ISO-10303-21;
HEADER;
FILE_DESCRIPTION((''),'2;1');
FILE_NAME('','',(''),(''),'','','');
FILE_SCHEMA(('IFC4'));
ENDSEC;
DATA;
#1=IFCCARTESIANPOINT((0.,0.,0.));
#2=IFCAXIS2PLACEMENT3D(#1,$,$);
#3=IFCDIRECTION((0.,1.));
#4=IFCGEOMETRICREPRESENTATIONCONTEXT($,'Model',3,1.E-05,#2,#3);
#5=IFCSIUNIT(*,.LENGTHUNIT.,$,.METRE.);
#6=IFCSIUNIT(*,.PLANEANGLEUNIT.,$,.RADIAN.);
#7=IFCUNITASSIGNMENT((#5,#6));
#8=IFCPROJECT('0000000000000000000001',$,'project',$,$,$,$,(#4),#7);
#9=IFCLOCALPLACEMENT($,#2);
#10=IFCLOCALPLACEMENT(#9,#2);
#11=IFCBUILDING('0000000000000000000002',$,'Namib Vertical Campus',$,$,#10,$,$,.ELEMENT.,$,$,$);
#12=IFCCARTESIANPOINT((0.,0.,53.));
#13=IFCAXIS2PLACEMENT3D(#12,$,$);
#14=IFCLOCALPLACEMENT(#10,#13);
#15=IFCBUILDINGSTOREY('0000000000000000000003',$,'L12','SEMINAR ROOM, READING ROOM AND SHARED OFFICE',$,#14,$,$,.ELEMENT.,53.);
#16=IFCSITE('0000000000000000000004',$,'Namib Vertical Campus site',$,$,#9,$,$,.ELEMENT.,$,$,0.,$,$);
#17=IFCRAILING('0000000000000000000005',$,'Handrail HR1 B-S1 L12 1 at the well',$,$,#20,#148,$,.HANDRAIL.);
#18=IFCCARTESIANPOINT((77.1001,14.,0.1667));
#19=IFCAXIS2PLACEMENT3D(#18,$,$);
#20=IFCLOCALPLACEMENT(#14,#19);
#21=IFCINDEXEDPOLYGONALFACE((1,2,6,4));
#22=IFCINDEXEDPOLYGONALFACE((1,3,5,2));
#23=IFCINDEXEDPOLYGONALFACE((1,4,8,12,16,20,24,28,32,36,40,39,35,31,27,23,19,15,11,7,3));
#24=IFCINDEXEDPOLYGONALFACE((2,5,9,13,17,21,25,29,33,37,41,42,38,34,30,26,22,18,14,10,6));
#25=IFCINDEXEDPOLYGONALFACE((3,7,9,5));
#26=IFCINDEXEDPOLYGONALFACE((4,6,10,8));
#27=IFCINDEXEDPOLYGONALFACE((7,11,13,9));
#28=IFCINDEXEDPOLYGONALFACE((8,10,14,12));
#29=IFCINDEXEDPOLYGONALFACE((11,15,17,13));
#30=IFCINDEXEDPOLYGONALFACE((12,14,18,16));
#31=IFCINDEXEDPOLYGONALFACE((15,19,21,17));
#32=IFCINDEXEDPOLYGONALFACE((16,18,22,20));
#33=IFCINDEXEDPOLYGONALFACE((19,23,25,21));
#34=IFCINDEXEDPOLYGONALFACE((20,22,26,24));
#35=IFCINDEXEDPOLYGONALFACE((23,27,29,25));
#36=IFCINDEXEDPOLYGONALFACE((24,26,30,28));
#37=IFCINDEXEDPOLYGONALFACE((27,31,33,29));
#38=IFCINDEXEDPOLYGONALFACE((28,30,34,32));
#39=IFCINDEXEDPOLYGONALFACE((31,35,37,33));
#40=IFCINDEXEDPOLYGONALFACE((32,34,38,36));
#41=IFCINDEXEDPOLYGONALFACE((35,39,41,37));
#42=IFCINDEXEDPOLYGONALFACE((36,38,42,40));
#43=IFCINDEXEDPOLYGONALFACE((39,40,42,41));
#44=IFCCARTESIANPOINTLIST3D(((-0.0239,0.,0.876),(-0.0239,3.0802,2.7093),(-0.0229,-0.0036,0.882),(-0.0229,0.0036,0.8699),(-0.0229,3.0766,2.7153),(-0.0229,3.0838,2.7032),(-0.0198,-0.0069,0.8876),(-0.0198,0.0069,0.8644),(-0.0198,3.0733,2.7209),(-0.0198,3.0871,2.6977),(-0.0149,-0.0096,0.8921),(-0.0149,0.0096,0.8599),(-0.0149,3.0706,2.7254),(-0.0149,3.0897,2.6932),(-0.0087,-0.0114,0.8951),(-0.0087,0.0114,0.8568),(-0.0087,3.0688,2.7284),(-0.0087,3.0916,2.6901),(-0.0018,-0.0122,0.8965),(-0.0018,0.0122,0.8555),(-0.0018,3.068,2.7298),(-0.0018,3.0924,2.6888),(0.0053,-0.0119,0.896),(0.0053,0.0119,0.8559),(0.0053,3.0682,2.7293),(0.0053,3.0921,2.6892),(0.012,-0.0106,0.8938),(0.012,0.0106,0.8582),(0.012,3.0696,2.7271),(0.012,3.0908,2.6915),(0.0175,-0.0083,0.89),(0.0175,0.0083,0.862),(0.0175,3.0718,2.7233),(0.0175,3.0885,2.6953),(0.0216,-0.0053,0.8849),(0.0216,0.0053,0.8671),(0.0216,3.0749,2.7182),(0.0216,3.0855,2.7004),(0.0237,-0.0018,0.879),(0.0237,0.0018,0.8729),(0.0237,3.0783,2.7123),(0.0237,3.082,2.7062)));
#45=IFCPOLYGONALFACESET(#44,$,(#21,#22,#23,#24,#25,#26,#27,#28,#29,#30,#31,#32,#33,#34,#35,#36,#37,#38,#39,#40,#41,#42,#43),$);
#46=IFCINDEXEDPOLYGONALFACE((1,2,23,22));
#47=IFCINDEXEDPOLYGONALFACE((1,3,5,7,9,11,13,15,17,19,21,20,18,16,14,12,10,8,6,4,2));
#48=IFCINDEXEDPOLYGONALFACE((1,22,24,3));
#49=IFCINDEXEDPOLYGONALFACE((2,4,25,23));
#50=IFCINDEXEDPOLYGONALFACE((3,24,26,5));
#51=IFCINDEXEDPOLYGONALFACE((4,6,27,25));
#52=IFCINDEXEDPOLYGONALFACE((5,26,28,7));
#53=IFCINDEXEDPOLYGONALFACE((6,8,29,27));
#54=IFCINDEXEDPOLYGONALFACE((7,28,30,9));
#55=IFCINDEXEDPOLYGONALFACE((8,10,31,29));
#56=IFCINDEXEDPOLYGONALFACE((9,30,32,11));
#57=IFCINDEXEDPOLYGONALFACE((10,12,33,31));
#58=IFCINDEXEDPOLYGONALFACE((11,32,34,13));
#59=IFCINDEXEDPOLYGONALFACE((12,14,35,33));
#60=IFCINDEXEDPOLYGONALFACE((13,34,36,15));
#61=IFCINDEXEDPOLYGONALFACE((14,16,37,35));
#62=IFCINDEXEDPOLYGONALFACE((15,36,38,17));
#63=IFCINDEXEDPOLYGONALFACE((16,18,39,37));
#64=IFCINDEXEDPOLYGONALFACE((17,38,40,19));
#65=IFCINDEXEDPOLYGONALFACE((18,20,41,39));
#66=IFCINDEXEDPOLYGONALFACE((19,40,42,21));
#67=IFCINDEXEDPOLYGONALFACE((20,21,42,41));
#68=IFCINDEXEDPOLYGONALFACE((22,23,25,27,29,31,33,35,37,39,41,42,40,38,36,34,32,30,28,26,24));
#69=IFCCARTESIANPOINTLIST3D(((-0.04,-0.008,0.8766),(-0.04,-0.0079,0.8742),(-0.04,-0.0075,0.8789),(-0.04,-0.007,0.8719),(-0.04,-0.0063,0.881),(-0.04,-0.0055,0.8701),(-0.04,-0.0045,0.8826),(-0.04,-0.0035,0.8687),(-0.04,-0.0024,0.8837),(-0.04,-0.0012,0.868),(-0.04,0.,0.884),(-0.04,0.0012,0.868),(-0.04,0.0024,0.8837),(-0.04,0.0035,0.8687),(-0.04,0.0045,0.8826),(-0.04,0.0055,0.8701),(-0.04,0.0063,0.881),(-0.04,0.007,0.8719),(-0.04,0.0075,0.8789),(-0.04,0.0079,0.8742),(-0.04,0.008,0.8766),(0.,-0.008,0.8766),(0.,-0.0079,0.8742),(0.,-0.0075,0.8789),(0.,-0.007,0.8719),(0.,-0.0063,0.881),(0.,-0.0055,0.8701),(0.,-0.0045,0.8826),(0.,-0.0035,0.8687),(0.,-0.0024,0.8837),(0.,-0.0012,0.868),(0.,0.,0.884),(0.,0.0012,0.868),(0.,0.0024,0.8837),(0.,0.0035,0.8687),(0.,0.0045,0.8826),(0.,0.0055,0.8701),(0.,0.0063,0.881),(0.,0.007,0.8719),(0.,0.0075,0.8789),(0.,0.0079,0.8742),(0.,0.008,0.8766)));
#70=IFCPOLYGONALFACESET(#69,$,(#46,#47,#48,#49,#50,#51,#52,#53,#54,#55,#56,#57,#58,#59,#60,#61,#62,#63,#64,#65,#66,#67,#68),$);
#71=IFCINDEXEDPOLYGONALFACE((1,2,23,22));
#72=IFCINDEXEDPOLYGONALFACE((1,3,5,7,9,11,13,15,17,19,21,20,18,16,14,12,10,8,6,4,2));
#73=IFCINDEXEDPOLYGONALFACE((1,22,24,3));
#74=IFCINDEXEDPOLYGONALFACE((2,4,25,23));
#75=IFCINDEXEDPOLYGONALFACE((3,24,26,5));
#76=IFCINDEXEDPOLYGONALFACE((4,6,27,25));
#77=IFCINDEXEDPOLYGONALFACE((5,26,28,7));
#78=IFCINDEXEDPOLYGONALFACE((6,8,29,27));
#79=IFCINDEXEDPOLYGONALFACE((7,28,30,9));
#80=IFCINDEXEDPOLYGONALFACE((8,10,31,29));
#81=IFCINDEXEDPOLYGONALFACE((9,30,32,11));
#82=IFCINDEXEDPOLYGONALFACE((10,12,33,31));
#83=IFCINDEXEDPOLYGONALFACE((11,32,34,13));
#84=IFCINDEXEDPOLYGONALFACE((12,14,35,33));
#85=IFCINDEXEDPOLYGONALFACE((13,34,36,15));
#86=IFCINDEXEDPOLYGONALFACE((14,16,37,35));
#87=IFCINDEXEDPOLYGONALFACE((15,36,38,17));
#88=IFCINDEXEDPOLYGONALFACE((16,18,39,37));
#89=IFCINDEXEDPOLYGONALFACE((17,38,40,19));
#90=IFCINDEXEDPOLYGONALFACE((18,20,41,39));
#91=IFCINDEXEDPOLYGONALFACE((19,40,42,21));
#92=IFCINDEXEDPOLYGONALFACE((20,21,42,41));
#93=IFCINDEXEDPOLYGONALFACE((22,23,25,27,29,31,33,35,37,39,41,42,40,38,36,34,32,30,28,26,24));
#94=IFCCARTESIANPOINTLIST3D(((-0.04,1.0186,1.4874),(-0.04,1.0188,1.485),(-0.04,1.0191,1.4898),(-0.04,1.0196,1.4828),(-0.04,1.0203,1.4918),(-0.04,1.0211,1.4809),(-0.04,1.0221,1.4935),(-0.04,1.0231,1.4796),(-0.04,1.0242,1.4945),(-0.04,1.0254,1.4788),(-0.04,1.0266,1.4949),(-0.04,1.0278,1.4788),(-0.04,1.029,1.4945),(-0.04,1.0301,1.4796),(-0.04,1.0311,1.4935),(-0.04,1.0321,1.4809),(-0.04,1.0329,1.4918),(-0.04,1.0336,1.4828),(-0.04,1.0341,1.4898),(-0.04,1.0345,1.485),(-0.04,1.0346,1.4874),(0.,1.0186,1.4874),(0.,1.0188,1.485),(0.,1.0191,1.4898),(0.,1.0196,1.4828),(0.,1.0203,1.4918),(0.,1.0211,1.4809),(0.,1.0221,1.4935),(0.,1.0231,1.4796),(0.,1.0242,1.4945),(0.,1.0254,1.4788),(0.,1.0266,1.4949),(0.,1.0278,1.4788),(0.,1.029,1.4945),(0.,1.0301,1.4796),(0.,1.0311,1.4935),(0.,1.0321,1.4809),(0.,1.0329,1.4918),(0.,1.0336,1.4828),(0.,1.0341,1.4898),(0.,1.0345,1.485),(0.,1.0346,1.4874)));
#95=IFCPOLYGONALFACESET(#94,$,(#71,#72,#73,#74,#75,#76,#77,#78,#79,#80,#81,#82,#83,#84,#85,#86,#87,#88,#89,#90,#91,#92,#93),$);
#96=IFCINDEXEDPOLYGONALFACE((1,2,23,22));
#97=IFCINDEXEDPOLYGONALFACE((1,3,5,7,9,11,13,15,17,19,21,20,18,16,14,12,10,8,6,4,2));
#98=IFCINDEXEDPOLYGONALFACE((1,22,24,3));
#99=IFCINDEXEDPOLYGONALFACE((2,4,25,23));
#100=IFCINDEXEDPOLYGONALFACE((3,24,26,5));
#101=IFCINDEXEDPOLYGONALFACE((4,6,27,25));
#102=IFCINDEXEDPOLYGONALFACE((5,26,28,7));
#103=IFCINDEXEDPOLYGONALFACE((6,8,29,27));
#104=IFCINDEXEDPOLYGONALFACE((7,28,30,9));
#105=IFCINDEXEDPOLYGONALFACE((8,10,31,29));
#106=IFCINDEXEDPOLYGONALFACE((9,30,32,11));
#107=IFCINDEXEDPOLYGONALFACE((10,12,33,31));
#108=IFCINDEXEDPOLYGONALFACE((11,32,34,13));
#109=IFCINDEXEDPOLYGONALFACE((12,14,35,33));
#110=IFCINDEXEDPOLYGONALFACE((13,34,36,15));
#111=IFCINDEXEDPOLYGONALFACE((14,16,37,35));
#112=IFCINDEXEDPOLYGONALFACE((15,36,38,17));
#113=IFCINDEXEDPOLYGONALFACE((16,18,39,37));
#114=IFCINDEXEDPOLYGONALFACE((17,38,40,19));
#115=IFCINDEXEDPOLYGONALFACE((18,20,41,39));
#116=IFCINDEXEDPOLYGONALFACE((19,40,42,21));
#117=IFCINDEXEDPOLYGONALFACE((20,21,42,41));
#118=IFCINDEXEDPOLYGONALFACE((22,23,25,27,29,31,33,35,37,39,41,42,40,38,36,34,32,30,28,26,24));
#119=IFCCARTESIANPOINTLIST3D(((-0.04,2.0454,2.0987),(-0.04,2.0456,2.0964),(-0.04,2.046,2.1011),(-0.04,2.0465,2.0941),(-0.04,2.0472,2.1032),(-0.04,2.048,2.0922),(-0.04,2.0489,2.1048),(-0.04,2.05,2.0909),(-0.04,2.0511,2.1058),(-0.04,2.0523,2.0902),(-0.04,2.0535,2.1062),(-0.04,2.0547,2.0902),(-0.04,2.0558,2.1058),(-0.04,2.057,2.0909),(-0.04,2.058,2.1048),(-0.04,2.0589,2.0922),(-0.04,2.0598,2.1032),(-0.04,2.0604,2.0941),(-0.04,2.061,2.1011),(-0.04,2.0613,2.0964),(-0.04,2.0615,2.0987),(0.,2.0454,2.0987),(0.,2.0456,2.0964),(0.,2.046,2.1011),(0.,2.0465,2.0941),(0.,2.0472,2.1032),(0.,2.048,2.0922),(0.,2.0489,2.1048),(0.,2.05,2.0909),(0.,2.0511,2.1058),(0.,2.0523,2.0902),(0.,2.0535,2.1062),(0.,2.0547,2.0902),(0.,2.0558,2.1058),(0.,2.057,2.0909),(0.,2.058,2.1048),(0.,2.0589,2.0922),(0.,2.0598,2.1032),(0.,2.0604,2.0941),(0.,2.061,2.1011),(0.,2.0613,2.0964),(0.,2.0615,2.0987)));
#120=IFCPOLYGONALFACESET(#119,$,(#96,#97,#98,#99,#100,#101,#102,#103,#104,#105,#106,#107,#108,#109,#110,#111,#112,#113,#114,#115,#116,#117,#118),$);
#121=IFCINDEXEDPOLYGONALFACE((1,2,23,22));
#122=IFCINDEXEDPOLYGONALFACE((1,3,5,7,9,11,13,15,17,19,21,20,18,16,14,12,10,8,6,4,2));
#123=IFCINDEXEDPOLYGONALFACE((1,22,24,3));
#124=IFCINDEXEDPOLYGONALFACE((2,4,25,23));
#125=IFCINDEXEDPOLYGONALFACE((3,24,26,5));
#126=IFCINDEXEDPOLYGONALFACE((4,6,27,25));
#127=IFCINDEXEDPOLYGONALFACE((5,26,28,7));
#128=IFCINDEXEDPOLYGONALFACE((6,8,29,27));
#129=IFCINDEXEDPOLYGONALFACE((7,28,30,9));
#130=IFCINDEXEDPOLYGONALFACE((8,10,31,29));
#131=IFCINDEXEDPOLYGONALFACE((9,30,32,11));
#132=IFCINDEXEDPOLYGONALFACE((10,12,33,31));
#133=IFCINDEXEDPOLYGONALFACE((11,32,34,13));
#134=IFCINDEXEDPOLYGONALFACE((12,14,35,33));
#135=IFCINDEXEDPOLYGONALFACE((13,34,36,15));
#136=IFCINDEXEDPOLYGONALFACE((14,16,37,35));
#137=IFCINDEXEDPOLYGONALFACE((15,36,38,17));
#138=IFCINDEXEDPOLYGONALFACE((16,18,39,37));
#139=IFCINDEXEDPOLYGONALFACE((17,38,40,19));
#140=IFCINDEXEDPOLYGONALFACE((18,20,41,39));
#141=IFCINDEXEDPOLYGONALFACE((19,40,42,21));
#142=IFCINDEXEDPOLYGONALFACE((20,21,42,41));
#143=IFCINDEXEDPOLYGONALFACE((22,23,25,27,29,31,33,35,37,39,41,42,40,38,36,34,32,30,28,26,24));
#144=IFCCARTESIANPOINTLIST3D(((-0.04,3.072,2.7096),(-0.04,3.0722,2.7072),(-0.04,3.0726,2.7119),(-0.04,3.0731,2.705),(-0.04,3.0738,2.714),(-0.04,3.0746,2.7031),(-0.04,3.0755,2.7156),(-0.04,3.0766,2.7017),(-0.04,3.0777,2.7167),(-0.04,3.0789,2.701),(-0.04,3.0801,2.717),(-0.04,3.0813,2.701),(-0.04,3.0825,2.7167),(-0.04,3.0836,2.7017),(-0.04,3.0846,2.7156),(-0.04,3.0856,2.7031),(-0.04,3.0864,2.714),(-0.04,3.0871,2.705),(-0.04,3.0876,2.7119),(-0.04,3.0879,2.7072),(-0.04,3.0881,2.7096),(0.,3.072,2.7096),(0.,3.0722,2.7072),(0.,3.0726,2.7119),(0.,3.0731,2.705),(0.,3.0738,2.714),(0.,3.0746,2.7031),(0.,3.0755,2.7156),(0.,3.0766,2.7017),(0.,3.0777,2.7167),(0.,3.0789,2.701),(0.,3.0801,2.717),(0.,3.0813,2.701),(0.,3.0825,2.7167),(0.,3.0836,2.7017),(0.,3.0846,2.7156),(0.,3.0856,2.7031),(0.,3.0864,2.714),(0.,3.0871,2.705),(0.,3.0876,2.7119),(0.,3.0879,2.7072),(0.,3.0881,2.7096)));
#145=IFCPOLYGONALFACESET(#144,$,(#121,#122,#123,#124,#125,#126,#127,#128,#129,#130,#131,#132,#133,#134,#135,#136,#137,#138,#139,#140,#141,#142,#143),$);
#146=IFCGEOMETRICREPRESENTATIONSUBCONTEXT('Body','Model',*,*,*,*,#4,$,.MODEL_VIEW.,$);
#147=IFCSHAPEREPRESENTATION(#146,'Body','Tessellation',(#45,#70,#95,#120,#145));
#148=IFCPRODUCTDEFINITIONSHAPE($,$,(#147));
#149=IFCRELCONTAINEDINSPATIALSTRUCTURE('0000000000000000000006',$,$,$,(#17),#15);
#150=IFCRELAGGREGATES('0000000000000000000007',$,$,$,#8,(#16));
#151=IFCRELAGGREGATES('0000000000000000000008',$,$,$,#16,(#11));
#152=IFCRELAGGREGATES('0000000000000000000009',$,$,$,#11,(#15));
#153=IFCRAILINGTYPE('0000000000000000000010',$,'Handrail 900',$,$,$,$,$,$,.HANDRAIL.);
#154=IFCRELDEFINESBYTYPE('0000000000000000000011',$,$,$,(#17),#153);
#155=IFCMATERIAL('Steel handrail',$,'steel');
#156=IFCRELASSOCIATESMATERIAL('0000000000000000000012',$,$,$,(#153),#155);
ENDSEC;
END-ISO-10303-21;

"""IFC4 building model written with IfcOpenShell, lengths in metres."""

from ifc_helpers import new_model, si_unit, direction, frame, origin, origin_2d, place, context, subcontext, project, spatial, circle, extrude, material, type_object, element, save


model = new_model("IFC4")

# Units and contexts
model_context = context("Model", 3, precision=1e-05, world=origin(), true_north=direction((0.0, 1.0)))
body_context = subcontext(model_context, "Body", "Model", "MODEL_VIEW")
ifc_project = project(units=[si_unit("LENGTHUNIT", "METRE"), si_unit("PLANEANGLEUNIT", "RADIAN")], contexts=[model_context])

# Site, building, storey
site_placement = place(None, origin())
site = spatial("IfcSite", under=ifc_project, at=site_placement, Name="Namib Vertical Campus site", CompositionType="ELEMENT", RefElevation=0.0)
building_placement = place(site_placement, origin())
building = spatial("IfcBuilding", under=site, at=building_placement, Name="Namib Vertical Campus", CompositionType="ELEMENT")
storey_placement = place(building_placement, frame((0.0, 0.0, 53.0)))
storey = spatial("IfcBuildingStorey", under=building, at=storey_placement, Name="L12", Description="SEMINAR ROOM, READING ROOM AND SHARED OFFICE", CompositionType="ELEMENT", Elevation=53.0)

# Railing
ifc_material_1 = material(Name="Steel handrail", Category="steel")
railing_type_1 = type_object("IfcRailingType", Name="Handrail 900", PredefinedType="HANDRAIL", material=ifc_material_1)
railing_1_placement = place(storey_placement, frame((77.1001, 14.0, 0.1667)))
element("IfcRailing", 1, at=railing_1_placement, inside=storey, type_object=railing_type_1, Name="Handrail HR1 B-S1 L12 1 at the well", PredefinedType="HANDRAIL", context=body_context, shape_type="SweptSolid", body=[
    extrude(circle(Radius=0.0239, at=origin_2d()), frame((0.0, 0.0, 0.876), z_axis=(0.0, 0.859309, 0.511458), x_axis=(-1.0, 0.0, 0.0)), (0.0, 0.0, 1.0), 3.5845),
    extrude(circle(Radius=0.0081, at=origin_2d()), frame((0.0, 0.0, 0.876), z_axis=(-1.0, 0.0, 0.0), x_axis=(0.0, 0.0, 1.0)), (0.0, 0.0, 1.0), 0.04),
    extrude(circle(Radius=0.0081, at=origin_2d()), frame((0.0, 1.0266, 1.4868), z_axis=(-1.0, 0.0, 0.0), x_axis=(0.0, 0.0, 1.0)), (0.0, 0.0, 1.0), 0.04),
    extrude(circle(Radius=0.0081, at=origin_2d()), frame((0.0, 2.0535, 2.0981), z_axis=(-1.0, 0.0, 0.0), x_axis=(0.0, 0.0, 1.0)), (0.0, 0.0, 1.0), 0.04),
    extrude(circle(Radius=0.0081, at=origin_2d()), frame((0.0, 3.0801, 2.709), z_axis=(-1.0, 0.0, 0.0), x_axis=(0.0, 0.0, 1.0)), (0.0, 0.0, 1.0), 0.04),
])

save(model, "model.ifc")
